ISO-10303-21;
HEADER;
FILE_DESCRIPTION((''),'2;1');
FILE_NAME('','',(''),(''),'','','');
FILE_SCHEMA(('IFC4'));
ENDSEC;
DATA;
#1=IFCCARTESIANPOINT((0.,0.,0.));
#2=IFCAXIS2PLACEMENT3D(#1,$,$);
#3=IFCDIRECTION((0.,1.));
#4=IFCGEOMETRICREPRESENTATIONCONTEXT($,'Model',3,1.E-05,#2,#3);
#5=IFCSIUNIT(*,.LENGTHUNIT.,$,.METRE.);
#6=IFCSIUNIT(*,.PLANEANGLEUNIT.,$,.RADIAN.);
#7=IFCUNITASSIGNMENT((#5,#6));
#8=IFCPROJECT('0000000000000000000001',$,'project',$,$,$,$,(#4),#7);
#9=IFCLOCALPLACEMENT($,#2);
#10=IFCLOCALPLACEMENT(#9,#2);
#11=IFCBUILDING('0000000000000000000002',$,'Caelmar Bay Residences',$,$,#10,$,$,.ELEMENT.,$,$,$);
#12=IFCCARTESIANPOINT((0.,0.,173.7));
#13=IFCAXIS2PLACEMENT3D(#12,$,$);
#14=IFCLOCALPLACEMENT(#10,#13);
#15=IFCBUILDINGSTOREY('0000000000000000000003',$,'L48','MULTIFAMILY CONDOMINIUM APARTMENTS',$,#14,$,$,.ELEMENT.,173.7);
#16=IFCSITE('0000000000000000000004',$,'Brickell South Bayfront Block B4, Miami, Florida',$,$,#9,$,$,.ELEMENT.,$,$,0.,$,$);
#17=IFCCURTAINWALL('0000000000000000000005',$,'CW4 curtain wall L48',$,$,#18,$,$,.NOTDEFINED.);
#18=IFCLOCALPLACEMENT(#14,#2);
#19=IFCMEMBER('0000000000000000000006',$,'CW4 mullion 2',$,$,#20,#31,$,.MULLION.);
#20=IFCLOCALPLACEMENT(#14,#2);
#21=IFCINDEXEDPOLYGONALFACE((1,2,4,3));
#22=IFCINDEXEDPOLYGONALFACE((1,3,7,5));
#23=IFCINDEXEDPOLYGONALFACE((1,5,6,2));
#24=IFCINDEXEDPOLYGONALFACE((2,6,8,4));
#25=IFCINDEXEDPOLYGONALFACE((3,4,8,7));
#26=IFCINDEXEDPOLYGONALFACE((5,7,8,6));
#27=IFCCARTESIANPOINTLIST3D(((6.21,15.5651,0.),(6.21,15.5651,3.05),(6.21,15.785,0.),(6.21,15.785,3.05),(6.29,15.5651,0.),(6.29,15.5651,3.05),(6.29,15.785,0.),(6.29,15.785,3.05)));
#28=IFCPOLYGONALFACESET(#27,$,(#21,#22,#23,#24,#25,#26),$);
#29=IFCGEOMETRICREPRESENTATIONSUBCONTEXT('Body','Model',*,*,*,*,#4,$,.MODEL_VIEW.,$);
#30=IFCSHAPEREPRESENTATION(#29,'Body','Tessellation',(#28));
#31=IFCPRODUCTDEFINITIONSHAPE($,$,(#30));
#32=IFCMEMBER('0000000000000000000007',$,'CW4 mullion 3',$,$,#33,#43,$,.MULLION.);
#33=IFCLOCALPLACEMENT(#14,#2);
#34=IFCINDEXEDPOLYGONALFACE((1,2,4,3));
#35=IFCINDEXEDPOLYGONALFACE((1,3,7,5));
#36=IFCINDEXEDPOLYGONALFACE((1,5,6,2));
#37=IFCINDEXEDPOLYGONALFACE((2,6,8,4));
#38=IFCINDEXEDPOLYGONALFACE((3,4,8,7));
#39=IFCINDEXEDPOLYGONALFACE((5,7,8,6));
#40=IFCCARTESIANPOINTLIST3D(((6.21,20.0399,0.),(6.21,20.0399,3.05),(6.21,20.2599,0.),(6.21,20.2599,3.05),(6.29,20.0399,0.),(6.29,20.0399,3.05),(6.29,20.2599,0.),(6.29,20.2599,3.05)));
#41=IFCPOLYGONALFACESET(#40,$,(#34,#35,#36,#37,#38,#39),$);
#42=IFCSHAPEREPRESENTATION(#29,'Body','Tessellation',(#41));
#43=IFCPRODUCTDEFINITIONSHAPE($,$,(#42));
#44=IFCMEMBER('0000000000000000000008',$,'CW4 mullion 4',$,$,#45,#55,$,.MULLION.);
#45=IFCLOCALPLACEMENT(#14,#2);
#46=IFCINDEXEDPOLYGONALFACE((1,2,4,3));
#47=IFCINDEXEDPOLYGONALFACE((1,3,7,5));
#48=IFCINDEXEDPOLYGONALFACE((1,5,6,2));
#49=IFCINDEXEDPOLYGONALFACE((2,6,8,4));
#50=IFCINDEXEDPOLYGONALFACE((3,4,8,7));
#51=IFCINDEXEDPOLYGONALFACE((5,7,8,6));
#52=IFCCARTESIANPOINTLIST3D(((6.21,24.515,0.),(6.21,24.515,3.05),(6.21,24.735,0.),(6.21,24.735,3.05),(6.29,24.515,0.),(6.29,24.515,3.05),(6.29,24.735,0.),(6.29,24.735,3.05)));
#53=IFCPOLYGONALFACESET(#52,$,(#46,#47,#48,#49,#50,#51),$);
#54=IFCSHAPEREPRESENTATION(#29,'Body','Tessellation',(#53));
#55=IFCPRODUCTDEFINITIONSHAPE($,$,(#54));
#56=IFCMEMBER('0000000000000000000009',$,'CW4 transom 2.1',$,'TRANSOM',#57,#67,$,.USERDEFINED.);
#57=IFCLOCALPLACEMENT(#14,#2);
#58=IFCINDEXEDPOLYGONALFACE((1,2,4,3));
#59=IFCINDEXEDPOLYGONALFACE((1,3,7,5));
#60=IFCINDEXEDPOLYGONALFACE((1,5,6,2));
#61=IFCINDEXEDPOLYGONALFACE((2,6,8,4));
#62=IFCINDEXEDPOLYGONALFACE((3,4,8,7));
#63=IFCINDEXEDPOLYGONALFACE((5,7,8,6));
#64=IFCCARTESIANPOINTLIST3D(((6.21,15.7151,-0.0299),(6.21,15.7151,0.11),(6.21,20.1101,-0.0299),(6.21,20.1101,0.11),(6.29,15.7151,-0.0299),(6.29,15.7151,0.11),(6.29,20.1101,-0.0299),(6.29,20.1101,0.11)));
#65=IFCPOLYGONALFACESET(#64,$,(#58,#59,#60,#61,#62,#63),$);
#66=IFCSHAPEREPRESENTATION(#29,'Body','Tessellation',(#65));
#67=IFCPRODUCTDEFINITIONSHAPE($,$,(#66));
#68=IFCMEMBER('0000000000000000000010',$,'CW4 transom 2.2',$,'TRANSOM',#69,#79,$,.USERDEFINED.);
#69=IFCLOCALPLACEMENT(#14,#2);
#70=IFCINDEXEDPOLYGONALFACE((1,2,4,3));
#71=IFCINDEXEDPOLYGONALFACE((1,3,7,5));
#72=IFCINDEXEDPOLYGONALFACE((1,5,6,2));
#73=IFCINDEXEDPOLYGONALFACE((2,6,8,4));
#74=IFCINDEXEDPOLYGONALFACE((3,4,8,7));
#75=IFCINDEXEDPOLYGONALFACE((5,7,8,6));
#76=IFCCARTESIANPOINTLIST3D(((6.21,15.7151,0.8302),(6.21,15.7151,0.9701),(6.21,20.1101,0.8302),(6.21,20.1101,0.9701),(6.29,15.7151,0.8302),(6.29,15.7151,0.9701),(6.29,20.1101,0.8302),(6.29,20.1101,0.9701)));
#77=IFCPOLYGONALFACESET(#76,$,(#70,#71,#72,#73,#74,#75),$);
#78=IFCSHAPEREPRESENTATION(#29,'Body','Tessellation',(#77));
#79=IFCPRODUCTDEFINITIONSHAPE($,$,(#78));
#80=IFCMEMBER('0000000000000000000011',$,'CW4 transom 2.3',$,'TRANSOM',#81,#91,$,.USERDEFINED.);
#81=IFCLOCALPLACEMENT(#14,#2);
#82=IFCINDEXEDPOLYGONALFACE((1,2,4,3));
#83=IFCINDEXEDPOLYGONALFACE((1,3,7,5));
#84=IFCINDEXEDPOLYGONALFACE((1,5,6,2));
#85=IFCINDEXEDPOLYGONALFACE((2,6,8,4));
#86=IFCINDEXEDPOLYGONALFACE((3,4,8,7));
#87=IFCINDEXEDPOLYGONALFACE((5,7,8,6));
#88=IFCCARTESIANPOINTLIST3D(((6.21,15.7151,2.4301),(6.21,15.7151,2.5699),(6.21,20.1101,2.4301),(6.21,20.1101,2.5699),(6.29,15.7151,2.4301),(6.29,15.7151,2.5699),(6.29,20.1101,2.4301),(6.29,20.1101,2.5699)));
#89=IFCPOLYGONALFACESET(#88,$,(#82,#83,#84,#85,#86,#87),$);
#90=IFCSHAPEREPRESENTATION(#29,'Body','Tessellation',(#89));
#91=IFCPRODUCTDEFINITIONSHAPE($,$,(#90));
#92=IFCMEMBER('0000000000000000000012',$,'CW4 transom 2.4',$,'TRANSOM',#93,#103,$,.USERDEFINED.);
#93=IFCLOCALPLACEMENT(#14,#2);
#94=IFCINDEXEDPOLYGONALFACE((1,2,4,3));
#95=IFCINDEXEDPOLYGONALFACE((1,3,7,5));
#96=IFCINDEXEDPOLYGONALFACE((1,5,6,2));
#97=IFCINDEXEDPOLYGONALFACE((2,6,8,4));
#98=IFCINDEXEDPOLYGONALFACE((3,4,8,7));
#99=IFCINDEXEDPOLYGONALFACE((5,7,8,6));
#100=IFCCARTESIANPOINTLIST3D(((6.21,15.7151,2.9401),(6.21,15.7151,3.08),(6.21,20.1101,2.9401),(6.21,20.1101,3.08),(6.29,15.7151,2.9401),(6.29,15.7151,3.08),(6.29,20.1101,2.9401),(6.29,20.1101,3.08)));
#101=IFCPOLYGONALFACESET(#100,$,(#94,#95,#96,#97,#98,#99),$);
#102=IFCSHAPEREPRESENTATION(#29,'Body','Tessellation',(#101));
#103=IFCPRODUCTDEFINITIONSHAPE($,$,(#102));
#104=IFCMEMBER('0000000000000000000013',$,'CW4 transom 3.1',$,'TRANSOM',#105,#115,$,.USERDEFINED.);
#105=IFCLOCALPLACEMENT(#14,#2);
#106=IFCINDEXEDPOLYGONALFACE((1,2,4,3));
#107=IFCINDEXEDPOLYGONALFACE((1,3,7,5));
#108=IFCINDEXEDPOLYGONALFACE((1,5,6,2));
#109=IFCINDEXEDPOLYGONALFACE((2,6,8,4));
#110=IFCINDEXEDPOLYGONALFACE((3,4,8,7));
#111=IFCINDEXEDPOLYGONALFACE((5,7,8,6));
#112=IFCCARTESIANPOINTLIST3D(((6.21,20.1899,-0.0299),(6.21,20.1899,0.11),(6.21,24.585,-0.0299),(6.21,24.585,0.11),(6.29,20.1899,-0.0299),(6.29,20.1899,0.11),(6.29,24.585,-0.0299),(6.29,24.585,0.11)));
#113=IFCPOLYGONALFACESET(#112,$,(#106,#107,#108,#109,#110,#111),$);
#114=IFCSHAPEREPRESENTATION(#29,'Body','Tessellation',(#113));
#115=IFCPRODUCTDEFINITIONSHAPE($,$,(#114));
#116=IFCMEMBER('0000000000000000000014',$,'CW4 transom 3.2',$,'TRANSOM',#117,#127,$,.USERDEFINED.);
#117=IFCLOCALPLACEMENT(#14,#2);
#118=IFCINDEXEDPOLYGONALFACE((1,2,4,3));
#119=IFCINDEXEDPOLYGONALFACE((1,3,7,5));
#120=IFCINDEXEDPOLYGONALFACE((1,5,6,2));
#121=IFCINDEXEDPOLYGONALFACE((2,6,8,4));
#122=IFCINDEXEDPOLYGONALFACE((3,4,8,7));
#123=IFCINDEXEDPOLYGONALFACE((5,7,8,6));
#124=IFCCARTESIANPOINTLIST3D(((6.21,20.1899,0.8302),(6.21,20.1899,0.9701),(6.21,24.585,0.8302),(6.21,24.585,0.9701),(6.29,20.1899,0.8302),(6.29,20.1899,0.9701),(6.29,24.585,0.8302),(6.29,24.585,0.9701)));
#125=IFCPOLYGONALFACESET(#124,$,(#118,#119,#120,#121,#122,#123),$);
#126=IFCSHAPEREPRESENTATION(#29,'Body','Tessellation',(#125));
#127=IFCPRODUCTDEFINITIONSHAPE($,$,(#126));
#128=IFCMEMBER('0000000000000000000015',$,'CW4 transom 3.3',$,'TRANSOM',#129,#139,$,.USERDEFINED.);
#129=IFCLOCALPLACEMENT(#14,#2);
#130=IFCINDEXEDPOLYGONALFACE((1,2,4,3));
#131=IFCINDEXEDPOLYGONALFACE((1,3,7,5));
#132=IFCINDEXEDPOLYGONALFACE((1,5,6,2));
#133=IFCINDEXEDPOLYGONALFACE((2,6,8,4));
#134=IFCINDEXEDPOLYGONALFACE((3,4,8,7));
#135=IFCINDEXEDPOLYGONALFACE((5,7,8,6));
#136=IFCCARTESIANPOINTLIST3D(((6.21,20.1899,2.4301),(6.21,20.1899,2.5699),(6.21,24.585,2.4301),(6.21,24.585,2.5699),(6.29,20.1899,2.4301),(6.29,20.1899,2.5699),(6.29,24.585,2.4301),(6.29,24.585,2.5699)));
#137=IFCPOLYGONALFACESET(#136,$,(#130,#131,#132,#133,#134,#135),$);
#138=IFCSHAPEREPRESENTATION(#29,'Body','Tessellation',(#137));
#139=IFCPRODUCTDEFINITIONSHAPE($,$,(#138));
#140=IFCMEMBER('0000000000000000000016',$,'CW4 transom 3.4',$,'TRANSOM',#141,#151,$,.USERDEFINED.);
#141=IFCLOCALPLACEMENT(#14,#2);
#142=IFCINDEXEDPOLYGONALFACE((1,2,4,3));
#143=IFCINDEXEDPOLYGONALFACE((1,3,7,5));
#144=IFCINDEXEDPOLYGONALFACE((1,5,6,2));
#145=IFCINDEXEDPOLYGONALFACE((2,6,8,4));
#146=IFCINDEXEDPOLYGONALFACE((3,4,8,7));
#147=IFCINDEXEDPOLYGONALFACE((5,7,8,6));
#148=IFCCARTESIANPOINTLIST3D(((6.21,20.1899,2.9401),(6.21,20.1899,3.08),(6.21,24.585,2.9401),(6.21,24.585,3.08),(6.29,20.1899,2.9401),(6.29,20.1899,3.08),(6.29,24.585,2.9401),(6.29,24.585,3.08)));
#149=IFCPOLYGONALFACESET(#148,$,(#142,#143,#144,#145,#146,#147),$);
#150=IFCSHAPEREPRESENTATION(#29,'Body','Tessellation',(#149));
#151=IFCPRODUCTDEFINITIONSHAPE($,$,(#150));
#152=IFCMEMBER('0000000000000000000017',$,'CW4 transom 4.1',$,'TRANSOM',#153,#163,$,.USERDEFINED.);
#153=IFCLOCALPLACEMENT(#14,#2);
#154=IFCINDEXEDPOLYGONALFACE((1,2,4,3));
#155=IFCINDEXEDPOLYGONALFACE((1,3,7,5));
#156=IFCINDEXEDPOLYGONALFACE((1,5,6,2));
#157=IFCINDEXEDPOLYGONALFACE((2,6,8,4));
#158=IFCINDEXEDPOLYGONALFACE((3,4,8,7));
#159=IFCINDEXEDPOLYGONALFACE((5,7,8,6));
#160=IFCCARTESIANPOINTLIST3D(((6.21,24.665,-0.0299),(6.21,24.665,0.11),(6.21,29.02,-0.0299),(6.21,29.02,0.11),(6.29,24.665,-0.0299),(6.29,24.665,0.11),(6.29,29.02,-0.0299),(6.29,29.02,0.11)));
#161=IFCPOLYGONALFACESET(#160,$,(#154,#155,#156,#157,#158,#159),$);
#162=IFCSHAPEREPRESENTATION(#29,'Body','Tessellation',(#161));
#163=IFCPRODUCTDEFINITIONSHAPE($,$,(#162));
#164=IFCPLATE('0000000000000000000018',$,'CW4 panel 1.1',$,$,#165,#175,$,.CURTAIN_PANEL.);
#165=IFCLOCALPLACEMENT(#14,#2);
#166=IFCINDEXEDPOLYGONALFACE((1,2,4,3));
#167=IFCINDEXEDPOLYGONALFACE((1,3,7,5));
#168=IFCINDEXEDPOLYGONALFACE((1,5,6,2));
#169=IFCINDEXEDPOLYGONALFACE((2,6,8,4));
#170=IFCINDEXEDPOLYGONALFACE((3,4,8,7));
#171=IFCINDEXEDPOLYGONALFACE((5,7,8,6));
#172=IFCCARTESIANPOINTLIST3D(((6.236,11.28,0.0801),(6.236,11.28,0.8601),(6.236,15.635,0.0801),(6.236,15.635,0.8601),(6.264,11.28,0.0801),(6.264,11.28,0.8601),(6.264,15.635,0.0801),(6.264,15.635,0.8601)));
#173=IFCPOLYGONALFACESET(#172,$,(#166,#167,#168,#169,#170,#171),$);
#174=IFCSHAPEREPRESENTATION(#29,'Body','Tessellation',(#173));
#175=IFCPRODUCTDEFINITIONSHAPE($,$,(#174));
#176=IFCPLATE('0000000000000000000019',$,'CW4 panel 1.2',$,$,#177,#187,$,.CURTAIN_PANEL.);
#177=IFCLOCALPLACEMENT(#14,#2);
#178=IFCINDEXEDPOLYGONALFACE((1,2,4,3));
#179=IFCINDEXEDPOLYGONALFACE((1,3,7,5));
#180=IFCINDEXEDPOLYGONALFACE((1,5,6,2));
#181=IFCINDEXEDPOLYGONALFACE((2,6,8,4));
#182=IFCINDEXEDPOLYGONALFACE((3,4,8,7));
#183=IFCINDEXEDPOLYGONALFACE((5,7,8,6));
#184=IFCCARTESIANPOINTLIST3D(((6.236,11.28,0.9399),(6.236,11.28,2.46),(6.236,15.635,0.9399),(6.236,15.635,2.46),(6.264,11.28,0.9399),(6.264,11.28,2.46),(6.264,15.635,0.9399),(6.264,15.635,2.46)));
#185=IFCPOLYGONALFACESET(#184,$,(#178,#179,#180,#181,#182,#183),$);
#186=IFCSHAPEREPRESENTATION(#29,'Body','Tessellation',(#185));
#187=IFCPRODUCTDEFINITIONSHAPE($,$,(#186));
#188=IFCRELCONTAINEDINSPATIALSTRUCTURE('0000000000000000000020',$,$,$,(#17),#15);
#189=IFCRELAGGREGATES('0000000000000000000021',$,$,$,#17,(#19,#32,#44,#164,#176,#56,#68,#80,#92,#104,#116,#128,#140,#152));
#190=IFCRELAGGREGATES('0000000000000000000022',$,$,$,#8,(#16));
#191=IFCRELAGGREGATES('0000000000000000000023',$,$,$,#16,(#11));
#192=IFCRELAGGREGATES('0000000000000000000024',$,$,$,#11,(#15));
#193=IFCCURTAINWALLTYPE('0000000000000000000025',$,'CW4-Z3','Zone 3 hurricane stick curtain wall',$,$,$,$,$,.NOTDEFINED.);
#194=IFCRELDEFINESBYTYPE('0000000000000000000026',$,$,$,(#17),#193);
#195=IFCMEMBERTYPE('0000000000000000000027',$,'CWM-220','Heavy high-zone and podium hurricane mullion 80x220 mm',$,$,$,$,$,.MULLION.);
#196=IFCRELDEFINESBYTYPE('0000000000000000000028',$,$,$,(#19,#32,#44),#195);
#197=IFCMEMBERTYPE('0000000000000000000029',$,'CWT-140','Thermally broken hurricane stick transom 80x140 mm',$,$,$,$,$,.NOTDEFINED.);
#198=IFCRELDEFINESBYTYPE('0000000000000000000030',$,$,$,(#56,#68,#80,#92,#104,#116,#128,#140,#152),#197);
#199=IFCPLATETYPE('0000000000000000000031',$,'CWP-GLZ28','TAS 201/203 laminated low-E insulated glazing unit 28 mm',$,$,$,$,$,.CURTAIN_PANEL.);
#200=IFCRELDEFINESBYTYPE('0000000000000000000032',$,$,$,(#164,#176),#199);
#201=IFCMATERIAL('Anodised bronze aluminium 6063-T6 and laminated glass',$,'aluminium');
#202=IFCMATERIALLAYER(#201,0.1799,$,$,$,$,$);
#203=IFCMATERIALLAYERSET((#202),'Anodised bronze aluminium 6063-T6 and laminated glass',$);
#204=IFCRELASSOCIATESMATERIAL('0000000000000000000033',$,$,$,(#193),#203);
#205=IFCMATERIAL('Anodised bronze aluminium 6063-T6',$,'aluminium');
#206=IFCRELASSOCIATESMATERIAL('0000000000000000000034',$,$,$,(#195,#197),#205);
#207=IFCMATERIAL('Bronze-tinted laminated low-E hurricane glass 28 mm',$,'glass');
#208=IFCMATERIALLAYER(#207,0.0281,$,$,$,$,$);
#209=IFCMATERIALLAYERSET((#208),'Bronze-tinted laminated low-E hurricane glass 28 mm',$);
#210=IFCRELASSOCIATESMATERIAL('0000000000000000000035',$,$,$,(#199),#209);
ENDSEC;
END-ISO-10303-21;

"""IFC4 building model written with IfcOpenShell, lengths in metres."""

from ifc_helpers import new_model, si_unit, direction, frame, origin, origin_2d, place, context, subcontext, project, spatial, rectangle, extrude, material, layer, layer_set, material_profile, profile_set, type_object, element, aggregate, save


model = new_model("IFC4")

# Units and contexts
model_context = context("Model", 3, precision=1e-05, world=origin(), true_north=direction((0.0, 1.0)))
body_context = subcontext(model_context, "Body", "Model", "MODEL_VIEW")
ifc_project = project(units=[si_unit("LENGTHUNIT", "METRE"), si_unit("PLANEANGLEUNIT", "RADIAN")], contexts=[model_context])

# Site, building, storey
site_placement = place(None, origin())
site = spatial("IfcSite", under=ifc_project, at=site_placement, Name="Brickell South Bayfront Block B4, Miami, Florida", CompositionType="ELEMENT", RefElevation=0.0)
building_placement = place(site_placement, origin())
building = spatial("IfcBuilding", under=site, at=building_placement, Name="Caelmar Bay Residences", CompositionType="ELEMENT")
storey_placement = place(building_placement, frame((0.0, 0.0, 173.7)))
storey = spatial("IfcBuildingStorey", under=building, at=storey_placement, Name="L48", Description="MULTIFAMILY CONDOMINIUM APARTMENTS", CompositionType="ELEMENT", Elevation=173.7)

# Curtain wall, members, plates
ifc_material_1 = material(Name="Anodised bronze aluminium 6063-T6 and laminated glass", Category="aluminium")
ifc_layer_1 = layer(ifc_material_1, 0.1799)
ifc_layer_set_1 = layer_set([ifc_layer_1], Name="Anodised bronze aluminium 6063-T6 and laminated glass")
curtain_wall_type = type_object("IfcCurtainWallType", Name="CW4-Z3", Description="Zone 3 hurricane stick curtain wall", PredefinedType="NOTDEFINED", material=ifc_layer_set_1)
curtain_wall_placement = place(storey_placement, origin())
curtain_wall = element("IfcCurtainWall", 1, at=curtain_wall_placement, inside=storey, type_object=curtain_wall_type, Name="CW4 curtain wall L48", PredefinedType="NOTDEFINED")
ifc_material_2 = material(Name="Anodised bronze aluminium 6063-T6", Category="aluminium")
ifc_material_profile_1 = material_profile(ifc_material_2, rectangle(XDim=0.0801, YDim=0.22, at=origin_2d()), Name="CWM-80X220")
ifc_profile_set_1 = profile_set([ifc_material_profile_1], Name="Anodised bronze aluminium 6063-T6")
member_type_1 = type_object("IfcMemberType", Name="CWM-220", Description="Heavy high-zone and podium hurricane mullion 80x220 mm", PredefinedType="MULLION", material=ifc_profile_set_1)
member_1_placement = place(storey_placement, frame((6.25, 15.675, 0.0), z_axis=(0.0, 0.0, 1.0), x_axis=(-1.0, 0.0, 0.0)))
member_1 = element("IfcMember", 2, at=member_1_placement, type_object=member_type_1, Name="CW4 mullion 2", PredefinedType="MULLION", context=body_context, shape_type="SweptSolid", body=[
    extrude(rectangle(XDim=0.0801, YDim=0.22, at=origin_2d()), origin(), (0.0, 0.0, 1.0), 3.05),
])
member_2_placement = place(storey_placement, frame((6.25, 20.1499, 0.0), z_axis=(0.0, 0.0, 1.0), x_axis=(-1.0, 0.0, 0.0)))
member_2 = element("IfcMember", 3, at=member_2_placement, type_object=member_type_1, Name="CW4 mullion 3", PredefinedType="MULLION", context=body_context, shape_type="SweptSolid", body=[
    extrude(rectangle(XDim=0.0801, YDim=0.22, at=origin_2d()), origin(), (0.0, 0.0, 1.0), 3.05),
])
member_3_placement = place(storey_placement, frame((6.25, 24.625, 0.0), z_axis=(0.0, 0.0, 1.0), x_axis=(-1.0, 0.0, 0.0)))
member_3 = element("IfcMember", 4, at=member_3_placement, type_object=member_type_1, Name="CW4 mullion 4", PredefinedType="MULLION", context=body_context, shape_type="SweptSolid", body=[
    extrude(rectangle(XDim=0.0801, YDim=0.22, at=origin_2d()), origin(), (0.0, 0.0, 1.0), 3.05),
])
ifc_material_profile_2 = material_profile(ifc_material_2, rectangle(XDim=0.0801, YDim=0.1399, at=origin_2d()), Name="CWT-80X140")
ifc_profile_set_2 = profile_set([ifc_material_profile_2], Name="Anodised bronze aluminium 6063-T6")
member_type_2 = type_object("IfcMemberType", Name="CWT-140", Description="Thermally broken hurricane stick transom 80x140 mm", PredefinedType="NOTDEFINED", material=ifc_profile_set_2)
member_4_placement = place(storey_placement, frame((6.25, 15.7151, 0.04), z_axis=(0.0, 1.0, 0.0), x_axis=(-1.0, 0.0, 0.0)))
member_4 = element("IfcMember", 5, at=member_4_placement, type_object=member_type_2, Name="CW4 transom 2.1", ObjectType="TRANSOM", PredefinedType="USERDEFINED", context=body_context, shape_type="SweptSolid", body=[
    extrude(rectangle(XDim=0.0801, YDim=0.1399, at=origin_2d()), origin(), (0.0, 0.0, 1.0), 4.395),
])
member_5_placement = place(storey_placement, frame((6.25, 15.7151, 0.9001), z_axis=(0.0, 1.0, 0.0), x_axis=(-1.0, 0.0, 0.0)))
member_5 = element("IfcMember", 6, at=member_5_placement, type_object=member_type_2, Name="CW4 transom 2.2", ObjectType="TRANSOM", PredefinedType="USERDEFINED", context=body_context, shape_type="SweptSolid", body=[
    extrude(rectangle(XDim=0.0801, YDim=0.1399, at=origin_2d()), origin(), (0.0, 0.0, 1.0), 4.395),
])
member_6_placement = place(storey_placement, frame((6.25, 15.7151, 2.5), z_axis=(0.0, 1.0, 0.0), x_axis=(-1.0, 0.0, 0.0)))
member_6 = element("IfcMember", 7, at=member_6_placement, type_object=member_type_2, Name="CW4 transom 2.3", ObjectType="TRANSOM", PredefinedType="USERDEFINED", context=body_context, shape_type="SweptSolid", body=[
    extrude(rectangle(XDim=0.0801, YDim=0.1399, at=origin_2d()), origin(), (0.0, 0.0, 1.0), 4.395),
])
member_7_placement = place(storey_placement, frame((6.25, 15.7151, 3.01), z_axis=(0.0, 1.0, 0.0), x_axis=(-1.0, 0.0, 0.0)))
member_7 = element("IfcMember", 8, at=member_7_placement, type_object=member_type_2, Name="CW4 transom 2.4", ObjectType="TRANSOM", PredefinedType="USERDEFINED", context=body_context, shape_type="SweptSolid", body=[
    extrude(rectangle(XDim=0.0801, YDim=0.1399, at=origin_2d()), origin(), (0.0, 0.0, 1.0), 4.395),
])
member_8_placement = place(storey_placement, frame((6.25, 20.1899, 0.04), z_axis=(0.0, 1.0, 0.0), x_axis=(-1.0, 0.0, 0.0)))
member_8 = element("IfcMember", 9, at=member_8_placement, type_object=member_type_2, Name="CW4 transom 3.1", ObjectType="TRANSOM", PredefinedType="USERDEFINED", context=body_context, shape_type="SweptSolid", body=[
    extrude(rectangle(XDim=0.0801, YDim=0.1399, at=origin_2d()), origin(), (0.0, 0.0, 1.0), 4.395),
])
member_9_placement = place(storey_placement, frame((6.25, 20.1899, 0.9001), z_axis=(0.0, 1.0, 0.0), x_axis=(-1.0, 0.0, 0.0)))
member_9 = element("IfcMember", 10, at=member_9_placement, type_object=member_type_2, Name="CW4 transom 3.2", ObjectType="TRANSOM", PredefinedType="USERDEFINED", context=body_context, shape_type="SweptSolid", body=[
    extrude(rectangle(XDim=0.0801, YDim=0.1399, at=origin_2d()), origin(), (0.0, 0.0, 1.0), 4.395),
])
member_10_placement = place(storey_placement, frame((6.25, 20.1899, 2.5), z_axis=(0.0, 1.0, 0.0), x_axis=(-1.0, 0.0, 0.0)))
member_10 = element("IfcMember", 11, at=member_10_placement, type_object=member_type_2, Name="CW4 transom 3.3", ObjectType="TRANSOM", PredefinedType="USERDEFINED", context=body_context, shape_type="SweptSolid", body=[
    extrude(rectangle(XDim=0.0801, YDim=0.1399, at=origin_2d()), origin(), (0.0, 0.0, 1.0), 4.395),
])
member_11_placement = place(storey_placement, frame((6.25, 20.1899, 3.01), z_axis=(0.0, 1.0, 0.0), x_axis=(-1.0, 0.0, 0.0)))
member_11 = element("IfcMember", 12, at=member_11_placement, type_object=member_type_2, Name="CW4 transom 3.4", ObjectType="TRANSOM", PredefinedType="USERDEFINED", context=body_context, shape_type="SweptSolid", body=[
    extrude(rectangle(XDim=0.0801, YDim=0.1399, at=origin_2d()), origin(), (0.0, 0.0, 1.0), 4.395),
])
member_12_placement = place(storey_placement, frame((6.25, 24.665, 0.04), z_axis=(0.0, 1.0, 0.0), x_axis=(-1.0, 0.0, 0.0)))
member_12 = element("IfcMember", 13, at=member_12_placement, type_object=member_type_2, Name="CW4 transom 4.1", ObjectType="TRANSOM", PredefinedType="USERDEFINED", context=body_context, shape_type="SweptSolid", body=[
    extrude(rectangle(XDim=0.0801, YDim=0.1399, at=origin_2d()), origin(), (0.0, 0.0, 1.0), 4.355),
])
ifc_material_3 = material(Name="Bronze-tinted laminated low-E hurricane glass 28 mm", Category="glass")
ifc_layer_2 = layer(ifc_material_3, 0.0281)
ifc_layer_set_2 = layer_set([ifc_layer_2], Name="Bronze-tinted laminated low-E hurricane glass 28 mm")
plate_type = type_object("IfcPlateType", Name="CWP-GLZ28", Description="TAS 201/203 laminated low-E insulated glazing unit 28 mm", PredefinedType="CURTAIN_PANEL", material=ifc_layer_set_2)
plate_1_placement = place(storey_placement, frame((6.25, 13.4575, 0.0801), z_axis=(0.0, 0.0, 1.0), x_axis=(0.0, 1.0, 0.0)))
plate_1 = element("IfcPlate", 14, at=plate_1_placement, type_object=plate_type, Name="CW4 panel 1.1", PredefinedType="CURTAIN_PANEL", context=body_context, shape_type="SweptSolid", body=[
    extrude(rectangle(XDim=4.355, YDim=0.0281, at=origin_2d()), origin(), (0.0, 0.0, 1.0), 0.78),
])
plate_2_placement = place(storey_placement, frame((6.25, 13.4575, 0.9399), z_axis=(0.0, 0.0, 1.0), x_axis=(0.0, 1.0, 0.0)))
plate_2 = element("IfcPlate", 15, at=plate_2_placement, type_object=plate_type, Name="CW4 panel 1.2", PredefinedType="CURTAIN_PANEL", context=body_context, shape_type="SweptSolid", body=[
    extrude(rectangle(XDim=4.355, YDim=0.0281, at=origin_2d()), origin(), (0.0, 0.0, 1.0), 1.52),
])
aggregate(curtain_wall, [member_1, member_2, member_3, plate_1, plate_2, member_4, member_5, member_6, member_7, member_8, member_9, member_10, member_11, member_12])

save(model, "model.ifc")
